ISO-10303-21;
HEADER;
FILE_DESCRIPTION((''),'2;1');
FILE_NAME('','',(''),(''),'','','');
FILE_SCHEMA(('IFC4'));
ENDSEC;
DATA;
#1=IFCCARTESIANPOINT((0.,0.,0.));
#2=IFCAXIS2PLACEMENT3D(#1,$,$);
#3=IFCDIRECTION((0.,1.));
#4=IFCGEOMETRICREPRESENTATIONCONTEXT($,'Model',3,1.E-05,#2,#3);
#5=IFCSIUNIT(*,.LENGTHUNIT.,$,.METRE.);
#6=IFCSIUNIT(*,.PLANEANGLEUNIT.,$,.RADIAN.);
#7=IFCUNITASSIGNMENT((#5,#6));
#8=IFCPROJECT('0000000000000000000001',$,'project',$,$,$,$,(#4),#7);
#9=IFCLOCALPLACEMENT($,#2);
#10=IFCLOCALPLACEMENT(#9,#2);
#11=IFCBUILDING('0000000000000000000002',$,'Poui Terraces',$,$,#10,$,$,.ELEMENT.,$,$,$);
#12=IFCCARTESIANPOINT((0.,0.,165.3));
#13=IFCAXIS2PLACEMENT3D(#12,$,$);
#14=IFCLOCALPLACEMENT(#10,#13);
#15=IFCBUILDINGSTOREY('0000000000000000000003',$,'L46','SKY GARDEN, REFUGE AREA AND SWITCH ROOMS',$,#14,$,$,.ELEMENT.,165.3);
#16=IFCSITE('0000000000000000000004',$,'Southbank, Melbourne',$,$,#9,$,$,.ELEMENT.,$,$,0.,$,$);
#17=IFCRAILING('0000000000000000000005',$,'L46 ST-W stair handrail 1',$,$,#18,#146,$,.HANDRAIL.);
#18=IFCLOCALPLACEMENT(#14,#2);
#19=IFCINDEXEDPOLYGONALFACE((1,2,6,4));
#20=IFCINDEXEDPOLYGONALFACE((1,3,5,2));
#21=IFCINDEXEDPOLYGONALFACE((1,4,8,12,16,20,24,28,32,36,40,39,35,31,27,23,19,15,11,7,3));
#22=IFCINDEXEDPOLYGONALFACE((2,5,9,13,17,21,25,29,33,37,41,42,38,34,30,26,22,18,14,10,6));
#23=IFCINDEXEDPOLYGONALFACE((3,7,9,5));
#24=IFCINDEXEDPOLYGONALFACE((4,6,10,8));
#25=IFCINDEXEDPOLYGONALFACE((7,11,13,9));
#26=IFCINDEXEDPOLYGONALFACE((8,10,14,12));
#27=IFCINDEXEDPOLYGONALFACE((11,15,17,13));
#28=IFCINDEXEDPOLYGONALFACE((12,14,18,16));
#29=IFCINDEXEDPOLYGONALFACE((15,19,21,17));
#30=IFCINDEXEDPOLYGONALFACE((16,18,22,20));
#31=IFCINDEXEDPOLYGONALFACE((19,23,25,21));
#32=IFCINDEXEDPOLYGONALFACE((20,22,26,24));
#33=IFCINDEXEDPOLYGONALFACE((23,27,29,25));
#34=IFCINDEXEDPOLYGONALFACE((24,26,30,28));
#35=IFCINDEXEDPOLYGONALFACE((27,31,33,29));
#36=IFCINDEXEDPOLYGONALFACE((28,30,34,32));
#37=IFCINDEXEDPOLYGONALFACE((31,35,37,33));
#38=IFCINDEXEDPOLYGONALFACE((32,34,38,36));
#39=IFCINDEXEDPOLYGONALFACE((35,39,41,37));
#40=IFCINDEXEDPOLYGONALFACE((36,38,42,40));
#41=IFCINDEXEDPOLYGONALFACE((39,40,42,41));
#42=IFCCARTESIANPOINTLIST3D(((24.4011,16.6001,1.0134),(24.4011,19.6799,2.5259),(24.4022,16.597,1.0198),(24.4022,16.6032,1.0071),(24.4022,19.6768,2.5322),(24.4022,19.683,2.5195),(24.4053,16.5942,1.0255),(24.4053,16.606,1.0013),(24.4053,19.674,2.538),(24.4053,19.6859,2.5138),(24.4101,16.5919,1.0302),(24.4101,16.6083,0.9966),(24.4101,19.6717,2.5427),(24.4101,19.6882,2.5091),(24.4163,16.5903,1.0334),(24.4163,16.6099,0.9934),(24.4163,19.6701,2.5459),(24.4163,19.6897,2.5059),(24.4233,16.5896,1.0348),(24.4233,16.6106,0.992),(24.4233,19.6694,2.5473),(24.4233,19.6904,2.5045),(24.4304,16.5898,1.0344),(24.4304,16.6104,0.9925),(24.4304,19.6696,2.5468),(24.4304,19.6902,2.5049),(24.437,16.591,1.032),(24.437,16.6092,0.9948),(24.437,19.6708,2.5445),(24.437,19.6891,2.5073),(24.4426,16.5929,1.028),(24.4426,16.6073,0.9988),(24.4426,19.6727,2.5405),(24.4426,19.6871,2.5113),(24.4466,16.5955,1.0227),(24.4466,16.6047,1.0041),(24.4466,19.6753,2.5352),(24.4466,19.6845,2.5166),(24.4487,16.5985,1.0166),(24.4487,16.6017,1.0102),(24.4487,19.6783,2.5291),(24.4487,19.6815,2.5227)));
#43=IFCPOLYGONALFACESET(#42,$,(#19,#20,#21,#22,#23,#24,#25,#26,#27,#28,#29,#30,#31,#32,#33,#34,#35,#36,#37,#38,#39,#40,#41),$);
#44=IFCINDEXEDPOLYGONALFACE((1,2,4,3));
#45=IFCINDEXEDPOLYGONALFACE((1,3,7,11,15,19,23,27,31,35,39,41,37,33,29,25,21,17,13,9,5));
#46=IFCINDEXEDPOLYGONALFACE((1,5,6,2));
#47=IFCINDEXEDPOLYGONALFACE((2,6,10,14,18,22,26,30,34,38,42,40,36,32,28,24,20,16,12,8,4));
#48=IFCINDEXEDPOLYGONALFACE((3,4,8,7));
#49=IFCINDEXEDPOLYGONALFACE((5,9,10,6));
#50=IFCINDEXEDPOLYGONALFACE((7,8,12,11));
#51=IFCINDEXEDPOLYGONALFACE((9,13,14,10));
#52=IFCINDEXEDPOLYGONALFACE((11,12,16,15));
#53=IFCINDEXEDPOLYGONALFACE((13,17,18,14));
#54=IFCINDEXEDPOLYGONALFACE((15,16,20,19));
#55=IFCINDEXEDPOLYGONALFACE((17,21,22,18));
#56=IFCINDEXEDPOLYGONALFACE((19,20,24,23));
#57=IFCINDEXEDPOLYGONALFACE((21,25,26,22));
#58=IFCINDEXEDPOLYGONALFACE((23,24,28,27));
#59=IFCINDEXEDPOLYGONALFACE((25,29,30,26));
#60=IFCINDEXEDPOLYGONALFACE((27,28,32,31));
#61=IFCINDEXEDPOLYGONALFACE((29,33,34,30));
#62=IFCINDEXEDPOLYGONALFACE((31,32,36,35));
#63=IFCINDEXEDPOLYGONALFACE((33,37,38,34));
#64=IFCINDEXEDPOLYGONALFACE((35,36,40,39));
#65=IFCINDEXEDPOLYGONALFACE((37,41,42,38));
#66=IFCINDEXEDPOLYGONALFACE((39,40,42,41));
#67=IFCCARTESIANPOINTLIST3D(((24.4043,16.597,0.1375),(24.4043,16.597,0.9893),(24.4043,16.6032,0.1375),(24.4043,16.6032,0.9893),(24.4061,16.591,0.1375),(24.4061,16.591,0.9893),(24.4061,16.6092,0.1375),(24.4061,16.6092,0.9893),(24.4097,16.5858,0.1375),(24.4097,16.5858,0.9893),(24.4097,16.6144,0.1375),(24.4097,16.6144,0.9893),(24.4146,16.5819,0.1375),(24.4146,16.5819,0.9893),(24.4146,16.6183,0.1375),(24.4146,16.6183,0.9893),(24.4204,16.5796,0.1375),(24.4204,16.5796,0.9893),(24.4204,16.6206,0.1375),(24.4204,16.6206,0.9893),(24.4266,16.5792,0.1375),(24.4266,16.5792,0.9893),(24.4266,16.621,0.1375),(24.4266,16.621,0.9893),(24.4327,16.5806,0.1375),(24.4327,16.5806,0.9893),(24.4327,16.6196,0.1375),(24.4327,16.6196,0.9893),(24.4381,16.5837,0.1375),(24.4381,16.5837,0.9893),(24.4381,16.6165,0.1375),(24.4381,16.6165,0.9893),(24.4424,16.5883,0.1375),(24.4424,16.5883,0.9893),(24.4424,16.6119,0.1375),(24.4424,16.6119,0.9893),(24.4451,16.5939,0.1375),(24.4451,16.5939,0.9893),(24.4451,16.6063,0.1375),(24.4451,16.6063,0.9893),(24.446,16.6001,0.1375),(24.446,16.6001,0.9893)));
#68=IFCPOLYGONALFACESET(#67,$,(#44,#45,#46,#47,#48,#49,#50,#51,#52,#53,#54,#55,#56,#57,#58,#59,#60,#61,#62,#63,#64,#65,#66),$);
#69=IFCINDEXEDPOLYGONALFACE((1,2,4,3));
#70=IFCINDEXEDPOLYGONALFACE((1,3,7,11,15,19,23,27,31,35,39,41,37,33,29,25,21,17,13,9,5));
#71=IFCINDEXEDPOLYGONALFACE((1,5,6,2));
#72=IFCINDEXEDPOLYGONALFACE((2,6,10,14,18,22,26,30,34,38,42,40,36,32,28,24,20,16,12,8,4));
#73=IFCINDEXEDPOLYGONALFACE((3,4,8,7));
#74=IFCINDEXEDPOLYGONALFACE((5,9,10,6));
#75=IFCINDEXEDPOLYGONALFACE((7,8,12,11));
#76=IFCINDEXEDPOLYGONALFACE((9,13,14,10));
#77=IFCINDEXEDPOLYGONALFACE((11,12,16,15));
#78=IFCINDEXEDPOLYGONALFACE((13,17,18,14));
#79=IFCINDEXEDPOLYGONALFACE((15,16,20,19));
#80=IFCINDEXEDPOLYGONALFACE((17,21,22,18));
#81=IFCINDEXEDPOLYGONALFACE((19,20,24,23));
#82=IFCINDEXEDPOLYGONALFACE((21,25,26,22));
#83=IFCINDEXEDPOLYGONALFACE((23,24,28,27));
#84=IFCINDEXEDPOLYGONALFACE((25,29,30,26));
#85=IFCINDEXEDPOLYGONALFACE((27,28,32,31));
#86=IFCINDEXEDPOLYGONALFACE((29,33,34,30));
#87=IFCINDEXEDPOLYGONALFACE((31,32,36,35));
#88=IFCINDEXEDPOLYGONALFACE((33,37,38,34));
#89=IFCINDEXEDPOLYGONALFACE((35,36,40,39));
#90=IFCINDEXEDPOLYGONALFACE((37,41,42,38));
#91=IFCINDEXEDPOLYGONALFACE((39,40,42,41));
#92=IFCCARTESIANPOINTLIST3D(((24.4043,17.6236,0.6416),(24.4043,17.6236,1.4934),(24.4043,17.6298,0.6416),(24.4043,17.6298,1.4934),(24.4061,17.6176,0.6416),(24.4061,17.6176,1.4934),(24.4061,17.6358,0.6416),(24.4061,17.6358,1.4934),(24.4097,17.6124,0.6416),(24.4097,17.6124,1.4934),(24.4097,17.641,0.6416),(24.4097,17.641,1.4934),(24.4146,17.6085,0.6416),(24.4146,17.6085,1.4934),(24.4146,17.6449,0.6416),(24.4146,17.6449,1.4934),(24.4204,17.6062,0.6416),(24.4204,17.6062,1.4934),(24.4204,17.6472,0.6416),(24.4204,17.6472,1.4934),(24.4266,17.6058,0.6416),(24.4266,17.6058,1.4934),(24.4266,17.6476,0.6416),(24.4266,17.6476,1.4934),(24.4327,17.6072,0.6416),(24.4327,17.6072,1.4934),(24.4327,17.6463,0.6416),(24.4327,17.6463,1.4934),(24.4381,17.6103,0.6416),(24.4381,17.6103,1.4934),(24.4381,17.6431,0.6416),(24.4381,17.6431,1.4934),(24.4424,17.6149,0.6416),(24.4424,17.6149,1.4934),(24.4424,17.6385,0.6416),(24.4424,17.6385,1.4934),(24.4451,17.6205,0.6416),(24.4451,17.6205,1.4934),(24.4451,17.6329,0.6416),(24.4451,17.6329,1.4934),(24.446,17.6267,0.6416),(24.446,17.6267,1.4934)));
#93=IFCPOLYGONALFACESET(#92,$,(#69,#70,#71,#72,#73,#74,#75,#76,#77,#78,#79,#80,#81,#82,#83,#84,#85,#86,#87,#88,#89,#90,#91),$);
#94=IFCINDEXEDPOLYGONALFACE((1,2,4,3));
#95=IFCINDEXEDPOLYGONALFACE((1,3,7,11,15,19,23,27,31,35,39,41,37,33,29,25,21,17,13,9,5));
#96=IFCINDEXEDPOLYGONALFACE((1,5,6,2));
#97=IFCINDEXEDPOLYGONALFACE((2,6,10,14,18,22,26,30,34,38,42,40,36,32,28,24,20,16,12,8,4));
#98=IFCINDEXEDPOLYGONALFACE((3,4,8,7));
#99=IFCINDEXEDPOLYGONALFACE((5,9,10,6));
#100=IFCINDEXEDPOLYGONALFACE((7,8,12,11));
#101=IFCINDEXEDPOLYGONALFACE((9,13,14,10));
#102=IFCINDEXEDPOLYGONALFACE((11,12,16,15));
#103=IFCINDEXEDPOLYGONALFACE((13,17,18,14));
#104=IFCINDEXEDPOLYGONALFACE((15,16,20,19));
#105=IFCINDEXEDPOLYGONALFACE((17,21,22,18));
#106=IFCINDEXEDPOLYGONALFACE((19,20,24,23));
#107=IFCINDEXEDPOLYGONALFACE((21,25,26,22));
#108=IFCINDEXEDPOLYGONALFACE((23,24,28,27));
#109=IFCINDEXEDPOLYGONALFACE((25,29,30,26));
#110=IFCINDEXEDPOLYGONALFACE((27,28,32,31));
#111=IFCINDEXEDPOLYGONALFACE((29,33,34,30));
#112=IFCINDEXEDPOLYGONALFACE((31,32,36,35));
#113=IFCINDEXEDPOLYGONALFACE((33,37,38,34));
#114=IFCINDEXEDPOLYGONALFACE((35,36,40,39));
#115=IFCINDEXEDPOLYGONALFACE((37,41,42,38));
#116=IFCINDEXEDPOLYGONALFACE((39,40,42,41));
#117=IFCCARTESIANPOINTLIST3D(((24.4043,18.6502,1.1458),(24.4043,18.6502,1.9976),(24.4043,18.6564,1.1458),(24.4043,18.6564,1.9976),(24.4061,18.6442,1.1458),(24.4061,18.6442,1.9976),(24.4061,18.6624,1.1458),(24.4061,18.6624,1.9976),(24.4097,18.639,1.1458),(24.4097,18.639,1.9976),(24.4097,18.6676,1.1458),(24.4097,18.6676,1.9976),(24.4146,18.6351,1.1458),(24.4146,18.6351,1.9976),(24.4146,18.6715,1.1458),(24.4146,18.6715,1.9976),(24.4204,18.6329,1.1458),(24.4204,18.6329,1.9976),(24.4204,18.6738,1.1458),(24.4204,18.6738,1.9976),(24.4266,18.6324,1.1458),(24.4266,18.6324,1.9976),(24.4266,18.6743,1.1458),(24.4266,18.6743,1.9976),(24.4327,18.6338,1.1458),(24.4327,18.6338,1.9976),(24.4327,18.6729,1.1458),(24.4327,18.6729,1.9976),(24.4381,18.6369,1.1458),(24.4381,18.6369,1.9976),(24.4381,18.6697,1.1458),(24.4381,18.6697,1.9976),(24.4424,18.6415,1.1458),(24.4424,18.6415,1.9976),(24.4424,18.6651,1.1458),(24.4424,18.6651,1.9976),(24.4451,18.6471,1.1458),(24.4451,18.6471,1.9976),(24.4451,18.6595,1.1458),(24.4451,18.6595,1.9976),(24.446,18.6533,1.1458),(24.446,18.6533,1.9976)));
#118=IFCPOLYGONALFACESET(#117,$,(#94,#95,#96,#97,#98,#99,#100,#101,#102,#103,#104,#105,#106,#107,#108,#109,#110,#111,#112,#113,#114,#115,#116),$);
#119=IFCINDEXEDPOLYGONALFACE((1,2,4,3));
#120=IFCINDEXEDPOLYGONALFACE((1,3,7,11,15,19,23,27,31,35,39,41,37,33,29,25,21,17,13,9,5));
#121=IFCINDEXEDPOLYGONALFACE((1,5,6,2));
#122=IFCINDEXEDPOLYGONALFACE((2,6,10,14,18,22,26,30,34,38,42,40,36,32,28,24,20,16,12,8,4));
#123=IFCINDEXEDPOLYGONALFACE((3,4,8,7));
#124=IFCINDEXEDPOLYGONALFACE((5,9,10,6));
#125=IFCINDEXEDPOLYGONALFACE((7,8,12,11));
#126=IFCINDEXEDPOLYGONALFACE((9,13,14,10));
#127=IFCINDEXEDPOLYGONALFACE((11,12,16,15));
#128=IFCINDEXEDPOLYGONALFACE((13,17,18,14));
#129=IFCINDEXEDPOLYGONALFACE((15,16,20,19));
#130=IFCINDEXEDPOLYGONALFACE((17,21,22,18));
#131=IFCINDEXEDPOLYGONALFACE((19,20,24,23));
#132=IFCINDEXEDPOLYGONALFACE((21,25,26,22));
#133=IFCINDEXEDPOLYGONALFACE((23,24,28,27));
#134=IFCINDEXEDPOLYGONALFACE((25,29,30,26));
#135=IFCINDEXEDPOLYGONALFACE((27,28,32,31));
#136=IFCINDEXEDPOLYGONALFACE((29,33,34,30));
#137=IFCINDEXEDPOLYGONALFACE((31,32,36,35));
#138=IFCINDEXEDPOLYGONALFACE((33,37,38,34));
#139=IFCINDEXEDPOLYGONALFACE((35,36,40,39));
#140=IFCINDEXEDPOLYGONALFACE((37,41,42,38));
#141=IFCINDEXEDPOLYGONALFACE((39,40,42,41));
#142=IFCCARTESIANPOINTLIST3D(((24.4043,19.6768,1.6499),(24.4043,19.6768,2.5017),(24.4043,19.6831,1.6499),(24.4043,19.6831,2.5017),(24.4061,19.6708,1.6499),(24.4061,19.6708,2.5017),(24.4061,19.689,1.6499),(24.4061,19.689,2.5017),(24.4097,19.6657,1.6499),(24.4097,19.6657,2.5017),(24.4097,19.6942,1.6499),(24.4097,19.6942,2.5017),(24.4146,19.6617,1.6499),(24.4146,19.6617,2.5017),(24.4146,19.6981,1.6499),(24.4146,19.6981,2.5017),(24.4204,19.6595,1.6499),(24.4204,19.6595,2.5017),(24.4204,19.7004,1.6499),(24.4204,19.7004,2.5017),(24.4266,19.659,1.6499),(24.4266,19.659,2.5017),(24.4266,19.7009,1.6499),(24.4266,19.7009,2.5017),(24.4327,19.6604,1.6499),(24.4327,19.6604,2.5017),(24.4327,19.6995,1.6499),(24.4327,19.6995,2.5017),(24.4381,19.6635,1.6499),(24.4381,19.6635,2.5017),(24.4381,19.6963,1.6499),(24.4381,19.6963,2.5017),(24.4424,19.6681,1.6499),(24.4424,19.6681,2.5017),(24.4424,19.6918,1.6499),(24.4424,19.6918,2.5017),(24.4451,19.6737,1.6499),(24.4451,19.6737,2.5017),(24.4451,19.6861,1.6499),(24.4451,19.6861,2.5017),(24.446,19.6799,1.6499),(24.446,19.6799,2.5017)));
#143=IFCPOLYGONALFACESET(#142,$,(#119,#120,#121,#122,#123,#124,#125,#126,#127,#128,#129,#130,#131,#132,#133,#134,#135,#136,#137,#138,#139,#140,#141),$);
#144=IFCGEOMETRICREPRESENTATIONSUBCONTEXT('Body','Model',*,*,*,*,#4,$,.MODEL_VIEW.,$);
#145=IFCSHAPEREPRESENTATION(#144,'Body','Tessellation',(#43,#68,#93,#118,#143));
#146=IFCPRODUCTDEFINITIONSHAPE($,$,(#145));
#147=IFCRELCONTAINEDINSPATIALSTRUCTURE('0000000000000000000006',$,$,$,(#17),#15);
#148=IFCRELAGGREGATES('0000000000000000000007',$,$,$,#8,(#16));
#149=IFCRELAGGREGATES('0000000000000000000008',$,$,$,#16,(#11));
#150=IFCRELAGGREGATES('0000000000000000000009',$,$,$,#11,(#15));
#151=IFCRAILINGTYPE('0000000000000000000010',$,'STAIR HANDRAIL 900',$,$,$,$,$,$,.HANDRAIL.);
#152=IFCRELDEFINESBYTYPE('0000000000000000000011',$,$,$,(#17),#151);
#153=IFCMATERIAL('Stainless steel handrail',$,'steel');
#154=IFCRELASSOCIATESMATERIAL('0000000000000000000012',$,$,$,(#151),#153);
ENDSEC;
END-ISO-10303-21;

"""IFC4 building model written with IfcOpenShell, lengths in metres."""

from ifc_helpers import new_model, si_unit, direction, frame, origin, origin_2d, place, context, subcontext, project, spatial, circle, extrude, material, type_object, element, save


model = new_model("IFC4")

# Units and contexts
model_context = context("Model", 3, precision=1e-05, world=origin(), true_north=direction((0.0, 1.0)))
body_context = subcontext(model_context, "Body", "Model", "MODEL_VIEW")
ifc_project = project(units=[si_unit("LENGTHUNIT", "METRE"), si_unit("PLANEANGLEUNIT", "RADIAN")], contexts=[model_context])

# Site, building, storey
site_placement = place(None, origin())
site = spatial("IfcSite", under=ifc_project, at=site_placement, Name="Southbank, Melbourne", CompositionType="ELEMENT", RefElevation=0.0)
building_placement = place(site_placement, origin())
building = spatial("IfcBuilding", under=site, at=building_placement, Name="Poui Terraces", CompositionType="ELEMENT")
storey_placement = place(building_placement, frame((0.0, 0.0, 165.3)))
storey = spatial("IfcBuildingStorey", under=building, at=storey_placement, Name="L46", Description="SKY GARDEN, REFUGE AREA AND SWITCH ROOMS", CompositionType="ELEMENT", Elevation=165.3)

# Railing
ifc_material_1 = material(Name="Stainless steel handrail", Category="steel")
railing_type_1 = type_object("IfcRailingType", Name="STAIR HANDRAIL 900", PredefinedType="HANDRAIL", material=ifc_material_1)
for number, where, name in (
    (1, (24.425, 16.6001, 0.1375), "L46 ST-W stair handrail 1"),
):
    element("IfcRailing", number, at=place(storey_placement, frame(where)), inside=storey, type_object=railing_type_1, Name=name, PredefinedType="HANDRAIL", context=body_context, shape_type="SweptSolid", body=[
        extrude(circle(Radius=0.0239, at=origin_2d()), frame((0.0, 0.0, 0.876), z_axis=(0.0, 0.897606, 0.440798), x_axis=(-1.0, 0.0, 0.0)), (0.0, 0.0, 1.0), 3.4312),
        extrude(circle(Radius=0.021, at=origin_2d()), origin(), (0.0, 0.0, 1.0), 0.8518),
        extrude(circle(Radius=0.021, at=origin_2d()), frame((0.0, 1.0266, 0.5042)), (0.0, 0.0, 1.0), 0.8518),
        extrude(circle(Radius=0.021, at=origin_2d()), frame((0.0, 2.0532, 1.0083)), (0.0, 0.0, 1.0), 0.8518),
        extrude(circle(Radius=0.021, at=origin_2d()), frame((0.0, 3.0798, 1.5125)), (0.0, 0.0, 1.0), 0.8518),
    ])

save(model, "model.ifc")
